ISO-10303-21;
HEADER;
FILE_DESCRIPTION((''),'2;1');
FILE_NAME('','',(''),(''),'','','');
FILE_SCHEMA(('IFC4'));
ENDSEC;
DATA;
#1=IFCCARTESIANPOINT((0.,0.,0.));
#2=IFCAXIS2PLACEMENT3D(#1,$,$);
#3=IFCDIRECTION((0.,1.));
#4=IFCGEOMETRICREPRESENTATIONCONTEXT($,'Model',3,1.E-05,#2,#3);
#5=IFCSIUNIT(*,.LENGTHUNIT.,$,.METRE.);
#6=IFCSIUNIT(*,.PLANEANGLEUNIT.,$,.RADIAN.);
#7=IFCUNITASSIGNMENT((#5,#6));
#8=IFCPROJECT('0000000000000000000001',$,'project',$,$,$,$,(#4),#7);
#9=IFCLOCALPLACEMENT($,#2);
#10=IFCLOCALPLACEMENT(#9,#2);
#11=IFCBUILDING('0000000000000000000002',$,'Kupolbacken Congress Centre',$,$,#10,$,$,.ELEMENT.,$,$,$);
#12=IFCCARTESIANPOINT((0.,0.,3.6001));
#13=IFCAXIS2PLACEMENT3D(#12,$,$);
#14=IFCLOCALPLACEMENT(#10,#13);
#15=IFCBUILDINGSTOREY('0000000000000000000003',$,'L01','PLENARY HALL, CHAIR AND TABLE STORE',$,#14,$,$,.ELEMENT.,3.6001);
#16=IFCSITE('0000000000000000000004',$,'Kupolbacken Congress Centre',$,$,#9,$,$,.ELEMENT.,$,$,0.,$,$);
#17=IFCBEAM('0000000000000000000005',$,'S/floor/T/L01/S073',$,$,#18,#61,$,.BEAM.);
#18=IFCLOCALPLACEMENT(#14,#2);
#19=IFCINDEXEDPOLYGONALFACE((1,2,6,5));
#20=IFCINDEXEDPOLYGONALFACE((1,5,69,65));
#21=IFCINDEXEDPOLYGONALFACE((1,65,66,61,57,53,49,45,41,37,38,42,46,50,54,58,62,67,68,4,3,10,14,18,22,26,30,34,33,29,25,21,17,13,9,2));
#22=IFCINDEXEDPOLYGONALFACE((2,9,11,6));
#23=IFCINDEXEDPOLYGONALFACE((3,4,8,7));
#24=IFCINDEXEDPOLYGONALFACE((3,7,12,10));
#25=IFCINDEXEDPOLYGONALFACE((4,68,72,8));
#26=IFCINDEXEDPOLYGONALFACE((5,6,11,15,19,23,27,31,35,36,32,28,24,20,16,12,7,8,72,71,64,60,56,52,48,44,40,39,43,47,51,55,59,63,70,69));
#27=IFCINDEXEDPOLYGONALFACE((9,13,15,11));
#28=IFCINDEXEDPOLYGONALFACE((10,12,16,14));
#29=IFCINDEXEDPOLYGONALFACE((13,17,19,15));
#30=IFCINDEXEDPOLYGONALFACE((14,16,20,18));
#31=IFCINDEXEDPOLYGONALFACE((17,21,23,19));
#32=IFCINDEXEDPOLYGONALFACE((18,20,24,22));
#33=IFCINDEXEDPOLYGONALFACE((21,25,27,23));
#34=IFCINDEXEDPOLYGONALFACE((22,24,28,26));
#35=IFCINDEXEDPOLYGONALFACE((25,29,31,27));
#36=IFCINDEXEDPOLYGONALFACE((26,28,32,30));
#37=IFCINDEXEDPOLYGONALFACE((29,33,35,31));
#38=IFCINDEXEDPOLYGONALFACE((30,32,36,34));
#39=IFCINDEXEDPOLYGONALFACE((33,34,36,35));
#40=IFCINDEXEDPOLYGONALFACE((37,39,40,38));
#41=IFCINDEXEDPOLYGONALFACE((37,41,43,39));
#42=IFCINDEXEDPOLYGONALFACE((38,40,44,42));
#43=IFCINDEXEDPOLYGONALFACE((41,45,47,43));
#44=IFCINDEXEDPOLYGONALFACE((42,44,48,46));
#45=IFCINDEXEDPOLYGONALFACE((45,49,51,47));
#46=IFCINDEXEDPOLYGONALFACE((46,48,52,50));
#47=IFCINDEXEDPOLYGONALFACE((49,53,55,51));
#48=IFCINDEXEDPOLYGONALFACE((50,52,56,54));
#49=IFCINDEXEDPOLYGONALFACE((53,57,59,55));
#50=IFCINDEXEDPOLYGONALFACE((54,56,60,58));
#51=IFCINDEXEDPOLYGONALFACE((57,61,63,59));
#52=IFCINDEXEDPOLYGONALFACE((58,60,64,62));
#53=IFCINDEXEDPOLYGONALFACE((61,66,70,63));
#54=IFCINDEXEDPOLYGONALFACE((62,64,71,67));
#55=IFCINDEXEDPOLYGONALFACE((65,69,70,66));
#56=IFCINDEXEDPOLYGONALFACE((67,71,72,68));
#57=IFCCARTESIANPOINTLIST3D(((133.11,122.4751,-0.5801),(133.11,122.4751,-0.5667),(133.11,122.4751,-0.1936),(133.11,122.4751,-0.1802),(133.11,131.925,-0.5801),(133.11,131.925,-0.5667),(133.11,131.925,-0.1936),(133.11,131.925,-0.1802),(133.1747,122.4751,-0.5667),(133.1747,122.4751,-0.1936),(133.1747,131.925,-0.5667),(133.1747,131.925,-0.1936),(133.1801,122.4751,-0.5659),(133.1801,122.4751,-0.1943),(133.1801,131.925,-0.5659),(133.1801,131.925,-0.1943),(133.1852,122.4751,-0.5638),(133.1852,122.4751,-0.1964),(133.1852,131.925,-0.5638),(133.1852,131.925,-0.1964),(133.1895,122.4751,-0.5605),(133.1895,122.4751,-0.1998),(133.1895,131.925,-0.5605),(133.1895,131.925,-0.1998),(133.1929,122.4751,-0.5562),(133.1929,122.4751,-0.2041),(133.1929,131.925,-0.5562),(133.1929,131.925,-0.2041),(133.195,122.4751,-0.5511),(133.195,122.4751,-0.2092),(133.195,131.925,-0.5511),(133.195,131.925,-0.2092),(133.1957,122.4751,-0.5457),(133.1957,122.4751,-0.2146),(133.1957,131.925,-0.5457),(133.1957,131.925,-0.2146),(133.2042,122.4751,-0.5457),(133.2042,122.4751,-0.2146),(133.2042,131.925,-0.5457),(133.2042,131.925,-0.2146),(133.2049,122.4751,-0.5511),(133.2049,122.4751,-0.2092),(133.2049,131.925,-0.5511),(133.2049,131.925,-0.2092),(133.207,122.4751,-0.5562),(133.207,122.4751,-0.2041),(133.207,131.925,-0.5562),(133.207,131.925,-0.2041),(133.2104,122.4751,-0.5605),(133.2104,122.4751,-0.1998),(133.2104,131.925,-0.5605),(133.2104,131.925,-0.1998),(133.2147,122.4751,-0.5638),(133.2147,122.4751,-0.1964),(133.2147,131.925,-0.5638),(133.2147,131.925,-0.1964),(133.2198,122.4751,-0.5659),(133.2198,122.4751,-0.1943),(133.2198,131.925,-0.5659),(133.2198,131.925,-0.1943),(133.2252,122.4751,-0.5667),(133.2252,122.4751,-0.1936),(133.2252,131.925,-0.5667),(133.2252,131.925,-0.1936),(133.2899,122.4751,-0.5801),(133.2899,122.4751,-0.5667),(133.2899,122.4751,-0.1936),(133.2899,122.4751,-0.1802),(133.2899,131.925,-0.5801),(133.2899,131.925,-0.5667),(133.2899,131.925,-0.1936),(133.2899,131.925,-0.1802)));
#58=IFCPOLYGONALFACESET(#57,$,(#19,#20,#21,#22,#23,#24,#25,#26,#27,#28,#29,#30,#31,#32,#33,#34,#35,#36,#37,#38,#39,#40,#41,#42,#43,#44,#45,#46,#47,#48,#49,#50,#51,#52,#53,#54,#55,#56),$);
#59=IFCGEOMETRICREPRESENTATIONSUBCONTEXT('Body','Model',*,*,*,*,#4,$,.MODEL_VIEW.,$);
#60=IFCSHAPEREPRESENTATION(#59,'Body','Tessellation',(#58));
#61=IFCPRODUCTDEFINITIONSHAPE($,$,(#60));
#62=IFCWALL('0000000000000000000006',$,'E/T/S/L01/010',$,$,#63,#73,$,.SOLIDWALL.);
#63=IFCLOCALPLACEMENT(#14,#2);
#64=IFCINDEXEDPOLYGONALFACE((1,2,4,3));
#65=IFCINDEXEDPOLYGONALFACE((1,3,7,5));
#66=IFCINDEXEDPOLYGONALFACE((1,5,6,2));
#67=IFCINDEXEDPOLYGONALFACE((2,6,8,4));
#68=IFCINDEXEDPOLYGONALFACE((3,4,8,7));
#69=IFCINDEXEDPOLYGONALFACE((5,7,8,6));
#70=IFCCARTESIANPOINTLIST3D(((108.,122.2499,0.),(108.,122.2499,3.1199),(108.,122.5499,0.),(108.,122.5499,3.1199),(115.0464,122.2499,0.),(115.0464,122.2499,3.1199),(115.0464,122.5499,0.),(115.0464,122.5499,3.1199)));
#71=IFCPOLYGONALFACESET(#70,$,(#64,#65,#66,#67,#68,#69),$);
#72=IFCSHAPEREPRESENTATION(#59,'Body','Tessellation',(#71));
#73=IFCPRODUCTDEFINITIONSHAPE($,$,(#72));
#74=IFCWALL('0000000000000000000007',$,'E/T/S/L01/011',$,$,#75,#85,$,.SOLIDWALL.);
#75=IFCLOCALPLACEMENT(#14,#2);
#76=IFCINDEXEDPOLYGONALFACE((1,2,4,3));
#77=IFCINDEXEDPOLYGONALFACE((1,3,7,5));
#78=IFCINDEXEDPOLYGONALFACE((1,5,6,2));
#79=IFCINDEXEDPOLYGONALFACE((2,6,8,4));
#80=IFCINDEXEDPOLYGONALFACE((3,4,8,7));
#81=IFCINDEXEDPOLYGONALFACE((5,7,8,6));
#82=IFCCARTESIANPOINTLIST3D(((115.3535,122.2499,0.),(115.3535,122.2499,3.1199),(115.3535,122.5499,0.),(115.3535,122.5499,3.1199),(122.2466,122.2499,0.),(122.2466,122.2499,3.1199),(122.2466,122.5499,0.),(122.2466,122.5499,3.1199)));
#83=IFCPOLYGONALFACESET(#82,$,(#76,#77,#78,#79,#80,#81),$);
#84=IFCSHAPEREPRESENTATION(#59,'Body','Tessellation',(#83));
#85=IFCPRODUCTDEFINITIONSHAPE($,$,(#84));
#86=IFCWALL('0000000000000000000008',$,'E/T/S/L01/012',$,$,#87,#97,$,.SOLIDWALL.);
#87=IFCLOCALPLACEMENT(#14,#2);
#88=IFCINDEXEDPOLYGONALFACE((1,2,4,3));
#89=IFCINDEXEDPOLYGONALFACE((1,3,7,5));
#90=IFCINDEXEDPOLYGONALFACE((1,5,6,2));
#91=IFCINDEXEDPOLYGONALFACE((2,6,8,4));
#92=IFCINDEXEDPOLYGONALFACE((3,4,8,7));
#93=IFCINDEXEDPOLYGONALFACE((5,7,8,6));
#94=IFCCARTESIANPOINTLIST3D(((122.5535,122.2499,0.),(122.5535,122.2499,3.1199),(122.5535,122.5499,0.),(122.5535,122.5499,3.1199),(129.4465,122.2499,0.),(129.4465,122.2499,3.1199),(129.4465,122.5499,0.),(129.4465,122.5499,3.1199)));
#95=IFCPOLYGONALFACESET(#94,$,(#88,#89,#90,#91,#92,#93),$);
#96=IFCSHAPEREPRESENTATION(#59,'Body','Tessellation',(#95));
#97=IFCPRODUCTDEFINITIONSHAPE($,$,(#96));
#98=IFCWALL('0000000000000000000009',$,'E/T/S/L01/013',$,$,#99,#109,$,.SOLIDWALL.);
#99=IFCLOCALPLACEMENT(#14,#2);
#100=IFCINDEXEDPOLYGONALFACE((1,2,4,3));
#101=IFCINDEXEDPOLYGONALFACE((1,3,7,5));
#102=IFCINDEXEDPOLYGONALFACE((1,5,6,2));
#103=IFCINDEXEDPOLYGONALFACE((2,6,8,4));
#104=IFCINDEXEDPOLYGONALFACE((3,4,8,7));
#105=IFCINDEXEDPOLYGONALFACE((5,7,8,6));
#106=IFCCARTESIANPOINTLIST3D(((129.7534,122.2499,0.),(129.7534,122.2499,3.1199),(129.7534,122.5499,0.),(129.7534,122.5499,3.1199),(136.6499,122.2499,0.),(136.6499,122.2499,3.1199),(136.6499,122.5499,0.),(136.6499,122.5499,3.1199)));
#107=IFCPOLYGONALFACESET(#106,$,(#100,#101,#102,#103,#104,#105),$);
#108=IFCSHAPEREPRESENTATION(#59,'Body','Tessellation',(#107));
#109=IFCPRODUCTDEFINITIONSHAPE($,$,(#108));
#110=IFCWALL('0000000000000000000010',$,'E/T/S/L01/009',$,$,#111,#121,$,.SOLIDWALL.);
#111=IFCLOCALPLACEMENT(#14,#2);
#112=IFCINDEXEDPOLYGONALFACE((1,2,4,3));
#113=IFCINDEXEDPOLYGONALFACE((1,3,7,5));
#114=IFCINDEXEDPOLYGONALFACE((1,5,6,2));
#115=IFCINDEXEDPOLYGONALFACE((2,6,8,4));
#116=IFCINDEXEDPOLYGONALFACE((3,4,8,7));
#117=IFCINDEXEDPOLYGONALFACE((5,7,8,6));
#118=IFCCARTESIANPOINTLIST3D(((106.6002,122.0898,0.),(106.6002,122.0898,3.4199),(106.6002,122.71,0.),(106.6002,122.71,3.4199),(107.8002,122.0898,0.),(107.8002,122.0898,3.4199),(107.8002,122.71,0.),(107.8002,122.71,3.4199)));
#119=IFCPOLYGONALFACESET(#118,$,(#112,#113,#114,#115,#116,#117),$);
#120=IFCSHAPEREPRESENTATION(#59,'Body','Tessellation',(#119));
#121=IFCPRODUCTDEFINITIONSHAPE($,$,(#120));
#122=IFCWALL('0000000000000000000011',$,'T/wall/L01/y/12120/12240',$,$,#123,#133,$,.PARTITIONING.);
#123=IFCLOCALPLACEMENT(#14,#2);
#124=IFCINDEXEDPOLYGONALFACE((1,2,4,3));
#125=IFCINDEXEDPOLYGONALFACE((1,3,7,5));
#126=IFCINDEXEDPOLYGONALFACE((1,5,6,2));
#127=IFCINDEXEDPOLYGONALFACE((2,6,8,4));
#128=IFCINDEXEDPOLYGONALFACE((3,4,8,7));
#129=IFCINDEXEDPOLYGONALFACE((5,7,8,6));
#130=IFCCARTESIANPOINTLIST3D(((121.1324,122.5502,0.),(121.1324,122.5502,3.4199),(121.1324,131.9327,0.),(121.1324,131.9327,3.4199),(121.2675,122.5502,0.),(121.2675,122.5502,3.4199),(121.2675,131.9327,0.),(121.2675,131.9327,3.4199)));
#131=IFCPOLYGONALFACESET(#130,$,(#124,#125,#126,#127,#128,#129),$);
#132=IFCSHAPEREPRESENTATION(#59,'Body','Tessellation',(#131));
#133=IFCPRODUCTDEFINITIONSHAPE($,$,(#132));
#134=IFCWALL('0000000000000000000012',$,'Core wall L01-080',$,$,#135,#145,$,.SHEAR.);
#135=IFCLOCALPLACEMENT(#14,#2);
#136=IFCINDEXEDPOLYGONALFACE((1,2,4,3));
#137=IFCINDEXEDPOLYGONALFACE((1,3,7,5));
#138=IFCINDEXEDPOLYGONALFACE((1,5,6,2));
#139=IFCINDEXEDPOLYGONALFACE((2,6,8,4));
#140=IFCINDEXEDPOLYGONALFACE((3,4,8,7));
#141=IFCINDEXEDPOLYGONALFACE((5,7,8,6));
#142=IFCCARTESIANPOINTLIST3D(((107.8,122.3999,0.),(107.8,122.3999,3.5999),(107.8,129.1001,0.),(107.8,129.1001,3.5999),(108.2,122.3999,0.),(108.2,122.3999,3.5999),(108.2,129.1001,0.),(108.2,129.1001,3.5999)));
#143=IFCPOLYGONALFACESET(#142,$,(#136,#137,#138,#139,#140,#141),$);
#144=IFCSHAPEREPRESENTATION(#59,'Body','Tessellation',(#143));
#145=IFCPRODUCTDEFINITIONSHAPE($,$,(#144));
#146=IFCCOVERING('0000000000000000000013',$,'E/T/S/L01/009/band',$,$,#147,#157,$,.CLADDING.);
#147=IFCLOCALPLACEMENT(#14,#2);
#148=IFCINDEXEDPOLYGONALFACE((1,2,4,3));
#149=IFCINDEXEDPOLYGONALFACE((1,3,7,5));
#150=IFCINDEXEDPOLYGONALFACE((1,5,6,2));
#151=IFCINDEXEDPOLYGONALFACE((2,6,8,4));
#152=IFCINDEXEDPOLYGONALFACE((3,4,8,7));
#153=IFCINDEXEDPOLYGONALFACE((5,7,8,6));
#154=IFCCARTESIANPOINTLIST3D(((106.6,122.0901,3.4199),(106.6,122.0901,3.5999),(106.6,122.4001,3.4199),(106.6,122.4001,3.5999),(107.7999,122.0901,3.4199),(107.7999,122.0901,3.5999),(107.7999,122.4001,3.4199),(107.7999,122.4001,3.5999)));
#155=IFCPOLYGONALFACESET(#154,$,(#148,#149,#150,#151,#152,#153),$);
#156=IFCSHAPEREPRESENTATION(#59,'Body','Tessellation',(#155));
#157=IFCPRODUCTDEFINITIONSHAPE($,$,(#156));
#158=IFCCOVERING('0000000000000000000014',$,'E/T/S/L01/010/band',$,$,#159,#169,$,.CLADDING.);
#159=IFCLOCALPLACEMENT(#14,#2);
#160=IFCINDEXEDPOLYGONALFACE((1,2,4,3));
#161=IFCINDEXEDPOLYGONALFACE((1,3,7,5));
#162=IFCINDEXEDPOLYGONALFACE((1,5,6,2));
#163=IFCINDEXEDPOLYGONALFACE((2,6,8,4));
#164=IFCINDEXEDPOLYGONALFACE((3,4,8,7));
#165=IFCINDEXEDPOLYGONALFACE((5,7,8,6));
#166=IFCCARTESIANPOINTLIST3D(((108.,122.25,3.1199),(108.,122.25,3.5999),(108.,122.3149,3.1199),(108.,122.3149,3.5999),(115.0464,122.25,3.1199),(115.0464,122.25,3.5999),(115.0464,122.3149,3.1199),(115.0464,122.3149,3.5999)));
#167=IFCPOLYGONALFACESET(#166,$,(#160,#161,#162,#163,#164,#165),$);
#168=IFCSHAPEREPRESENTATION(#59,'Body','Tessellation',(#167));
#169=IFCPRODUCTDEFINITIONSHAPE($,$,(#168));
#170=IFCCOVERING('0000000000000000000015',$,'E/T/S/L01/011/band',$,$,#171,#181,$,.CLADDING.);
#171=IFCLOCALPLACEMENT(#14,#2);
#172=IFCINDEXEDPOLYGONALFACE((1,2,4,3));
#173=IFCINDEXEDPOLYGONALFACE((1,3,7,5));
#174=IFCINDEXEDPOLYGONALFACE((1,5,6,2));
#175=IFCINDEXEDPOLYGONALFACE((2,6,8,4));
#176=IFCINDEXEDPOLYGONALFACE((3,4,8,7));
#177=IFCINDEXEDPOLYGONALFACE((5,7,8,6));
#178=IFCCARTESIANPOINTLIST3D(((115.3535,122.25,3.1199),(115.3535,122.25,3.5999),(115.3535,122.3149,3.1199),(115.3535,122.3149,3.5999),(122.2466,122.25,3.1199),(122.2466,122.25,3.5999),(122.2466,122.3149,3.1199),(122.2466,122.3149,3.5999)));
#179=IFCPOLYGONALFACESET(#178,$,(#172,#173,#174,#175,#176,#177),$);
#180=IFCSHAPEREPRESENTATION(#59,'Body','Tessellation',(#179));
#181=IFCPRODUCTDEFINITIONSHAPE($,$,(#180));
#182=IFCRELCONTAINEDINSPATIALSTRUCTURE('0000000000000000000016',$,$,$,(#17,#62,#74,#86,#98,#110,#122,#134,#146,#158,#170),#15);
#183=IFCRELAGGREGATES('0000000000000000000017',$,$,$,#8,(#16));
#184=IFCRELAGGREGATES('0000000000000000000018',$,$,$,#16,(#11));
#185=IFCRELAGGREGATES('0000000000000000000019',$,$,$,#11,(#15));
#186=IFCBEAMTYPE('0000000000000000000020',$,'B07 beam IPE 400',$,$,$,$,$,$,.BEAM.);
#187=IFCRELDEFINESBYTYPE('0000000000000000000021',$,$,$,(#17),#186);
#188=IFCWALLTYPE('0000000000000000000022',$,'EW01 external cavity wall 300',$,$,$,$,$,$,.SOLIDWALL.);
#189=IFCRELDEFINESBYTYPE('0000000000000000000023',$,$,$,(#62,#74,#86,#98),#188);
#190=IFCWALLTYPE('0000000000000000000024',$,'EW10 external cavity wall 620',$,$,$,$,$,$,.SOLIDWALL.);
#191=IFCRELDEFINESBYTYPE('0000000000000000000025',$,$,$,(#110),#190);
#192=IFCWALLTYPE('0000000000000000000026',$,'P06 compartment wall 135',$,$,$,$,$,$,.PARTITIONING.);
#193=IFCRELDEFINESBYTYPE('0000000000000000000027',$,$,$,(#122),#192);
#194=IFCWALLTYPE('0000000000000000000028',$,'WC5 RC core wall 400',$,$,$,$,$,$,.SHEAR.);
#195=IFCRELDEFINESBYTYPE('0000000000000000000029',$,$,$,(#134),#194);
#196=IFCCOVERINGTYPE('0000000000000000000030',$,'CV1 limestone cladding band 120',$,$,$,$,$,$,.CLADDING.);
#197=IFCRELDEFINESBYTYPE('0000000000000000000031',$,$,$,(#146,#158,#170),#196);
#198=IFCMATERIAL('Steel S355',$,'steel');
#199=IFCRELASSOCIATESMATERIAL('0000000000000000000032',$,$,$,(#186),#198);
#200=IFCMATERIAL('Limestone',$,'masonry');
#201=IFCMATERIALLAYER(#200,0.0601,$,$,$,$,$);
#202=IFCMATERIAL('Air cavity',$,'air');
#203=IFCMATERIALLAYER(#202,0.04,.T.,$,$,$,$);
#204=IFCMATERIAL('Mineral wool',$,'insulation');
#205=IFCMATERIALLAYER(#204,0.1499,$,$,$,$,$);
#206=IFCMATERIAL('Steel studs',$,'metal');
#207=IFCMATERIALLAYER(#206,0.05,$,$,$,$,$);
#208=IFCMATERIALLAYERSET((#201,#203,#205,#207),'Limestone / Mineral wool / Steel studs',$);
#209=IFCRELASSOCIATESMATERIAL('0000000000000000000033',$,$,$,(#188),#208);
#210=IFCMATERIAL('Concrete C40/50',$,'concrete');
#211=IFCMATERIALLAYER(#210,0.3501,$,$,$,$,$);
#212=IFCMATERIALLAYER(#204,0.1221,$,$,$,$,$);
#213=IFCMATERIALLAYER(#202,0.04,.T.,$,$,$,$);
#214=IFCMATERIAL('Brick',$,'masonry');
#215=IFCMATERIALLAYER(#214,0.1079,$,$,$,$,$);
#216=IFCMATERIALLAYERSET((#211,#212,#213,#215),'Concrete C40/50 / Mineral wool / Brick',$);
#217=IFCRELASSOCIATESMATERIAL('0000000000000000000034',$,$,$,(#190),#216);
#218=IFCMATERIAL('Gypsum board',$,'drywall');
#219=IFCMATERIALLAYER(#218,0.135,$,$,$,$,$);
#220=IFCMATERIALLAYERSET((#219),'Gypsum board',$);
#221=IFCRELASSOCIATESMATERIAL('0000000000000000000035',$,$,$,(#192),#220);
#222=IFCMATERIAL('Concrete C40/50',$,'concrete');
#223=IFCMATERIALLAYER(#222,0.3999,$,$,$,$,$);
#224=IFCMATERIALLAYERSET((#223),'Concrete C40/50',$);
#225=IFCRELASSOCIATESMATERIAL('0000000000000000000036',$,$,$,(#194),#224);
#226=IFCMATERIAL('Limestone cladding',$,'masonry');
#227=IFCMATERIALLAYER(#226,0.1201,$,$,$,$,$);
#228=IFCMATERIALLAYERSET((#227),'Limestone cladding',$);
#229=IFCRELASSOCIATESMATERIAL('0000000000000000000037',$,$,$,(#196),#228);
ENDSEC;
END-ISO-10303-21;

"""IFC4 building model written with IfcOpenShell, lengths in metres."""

from ifc_helpers import new_model, si_unit, direction, frame, frame_2d, origin, origin_2d, place, context, subcontext, project, spatial, rectangle, i_section, extrude, material, layer, layer_set, material_profile, profile_set, type_object, element, save


model = new_model("IFC4")

# Units and contexts
model_context = context("Model", 3, precision=1e-05, world=origin(), true_north=direction((0.0, 1.0)))
body_context = subcontext(model_context, "Body", "Model", "MODEL_VIEW")
ifc_project = project(units=[si_unit("LENGTHUNIT", "METRE"), si_unit("PLANEANGLEUNIT", "RADIAN")], contexts=[model_context])

# Site, building, storey
site_placement = place(None, origin())
site = spatial("IfcSite", under=ifc_project, at=site_placement, Name="Kupolbacken Congress Centre", CompositionType="ELEMENT", RefElevation=0.0)
building_placement = place(site_placement, origin())
building = spatial("IfcBuilding", under=site, at=building_placement, Name="Kupolbacken Congress Centre", CompositionType="ELEMENT")
storey_placement = place(building_placement, frame((0.0, 0.0, 3.6001)))
storey = spatial("IfcBuildingStorey", under=building, at=storey_placement, Name="L01", Description="PLENARY HALL, CHAIR AND TABLE STORE", CompositionType="ELEMENT", Elevation=3.6001)

# Beam
ifc_material_1 = material(Name="Steel S355", Category="steel")
ifc_material_profile_1 = material_profile(ifc_material_1, i_section(OverallWidth=0.1799, OverallDepth=0.3999, WebThickness=0.0085, FlangeThickness=0.0134, FilletRadius=0.021, at=origin_2d()), Name="IPE 400")
ifc_profile_set_1 = profile_set([ifc_material_profile_1], Name="Steel S355")
beam_type_1 = type_object("IfcBeamType", Name="B07 beam IPE 400", PredefinedType="BEAM", material=ifc_profile_set_1)
beam_1_placement = place(storey_placement, frame((133.2, 122.4751, -0.3801), z_axis=(0.0, 1.0, 0.0), x_axis=(-1.0, 0.0, 0.0)))
element("IfcBeam", 1, at=beam_1_placement, inside=storey, type_object=beam_type_1, Name="S/floor/T/L01/S073", PredefinedType="BEAM", context=body_context, shape_type="SweptSolid", body=[
    extrude(i_section(OverallWidth=0.1799, OverallDepth=0.3999, WebThickness=0.0085, FlangeThickness=0.0134, FilletRadius=0.021, at=origin_2d()), origin(), (0.0, 0.0, 1.0), 9.45),
])

# Walls
ifc_material_2 = material(Name="Limestone", Category="masonry")
ifc_layer_1 = layer(ifc_material_2, 0.0601)
ifc_material_3 = material(Name="Air cavity", Category="air")
ifc_layer_2 = layer(ifc_material_3, 0.04, ventilated=True)
ifc_material_4 = material(Name="Mineral wool", Category="insulation")
ifc_layer_3 = layer(ifc_material_4, 0.1499)
ifc_material_5 = material(Name="Steel studs", Category="metal")
ifc_layer_4 = layer(ifc_material_5, 0.05)
ifc_layer_set_1 = layer_set([ifc_layer_1, ifc_layer_2, ifc_layer_3, ifc_layer_4], Name="Limestone / Mineral wool / Steel studs")
wall_type_1 = type_object("IfcWallType", Name="EW01 external cavity wall 300", PredefinedType="SOLIDWALL", material=ifc_layer_set_1)
wall_1_placement = place(storey_placement, frame((108.0, 122.3999, 0.0), z_axis=(0.0, 0.0, 1.0), x_axis=(1.0, 0.0, 0.0)))
element("IfcWall", 2, at=wall_1_placement, inside=storey, type_object=wall_type_1, Name="E/T/S/L01/010", PredefinedType="SOLIDWALL", context=body_context, shape_type="SweptSolid", body=[
    extrude(rectangle(XDim=7.0464, YDim=0.3, at=frame_2d((3.5232, 0.0))), origin(), (0.0, 0.0, 1.0), 3.1199),
])
for number, where, z_axis, x_axis, name in (
    (3, (115.3535, 122.3999, 0.0), (0.0, 0.0, 1.0), (1.0, 0.0, 0.0), "E/T/S/L01/011"),
    (4, (122.5535, 122.3999, 0.0), (0.0, 0.0, 1.0), (1.0, 0.0, 0.0), "E/T/S/L01/012"),
):
    element("IfcWall", number, at=place(storey_placement, frame(where, z_axis=z_axis, x_axis=x_axis)), inside=storey, type_object=wall_type_1, Name=name, PredefinedType="SOLIDWALL", context=body_context, shape_type="SweptSolid", body=[
        extrude(rectangle(XDim=6.8931, YDim=0.3, at=frame_2d((3.4465, 0.0))), origin(), (0.0, 0.0, 1.0), 3.1199),
    ])
wall_2_placement = place(storey_placement, frame((129.7534, 122.3999, 0.0), z_axis=(0.0, 0.0, 1.0), x_axis=(1.0, 0.0, 0.0)))
element("IfcWall", 5, at=wall_2_placement, inside=storey, type_object=wall_type_1, Name="E/T/S/L01/013", PredefinedType="SOLIDWALL", context=body_context, shape_type="SweptSolid", body=[
    extrude(rectangle(XDim=6.8965, YDim=0.3, at=frame_2d((3.4482, 0.0))), origin(), (0.0, 0.0, 1.0), 3.1199),
])
ifc_material_6 = material(Name="Concrete C40/50", Category="concrete")
ifc_layer_5 = layer(ifc_material_6, 0.3501)
ifc_layer_6 = layer(ifc_material_4, 0.1221)
ifc_layer_7 = layer(ifc_material_3, 0.04, ventilated=True)
ifc_material_7 = material(Name="Brick", Category="masonry")
ifc_layer_8 = layer(ifc_material_7, 0.1079)
ifc_layer_set_2 = layer_set([ifc_layer_5, ifc_layer_6, ifc_layer_7, ifc_layer_8], Name="Concrete C40/50 / Mineral wool / Brick")
wall_type_2 = type_object("IfcWallType", Name="EW10 external cavity wall 620", PredefinedType="SOLIDWALL", material=ifc_layer_set_2)
wall_3_placement = place(storey_placement, frame((106.6001, 122.3999, 0.0), z_axis=(0.0, 0.0, 1.0), x_axis=(1.0, 0.0, 0.0)))
element("IfcWall", 6, at=wall_3_placement, inside=storey, type_object=wall_type_2, Name="E/T/S/L01/009", PredefinedType="SOLIDWALL", context=body_context, shape_type="SweptSolid", body=[
    extrude(rectangle(XDim=1.2, YDim=0.6201, at=frame_2d((0.6001, 0.0))), origin(), (0.0, 0.0, 1.0), 3.4199),
])
ifc_material_8 = material(Name="Gypsum board", Category="drywall")
ifc_layer_9 = layer(ifc_material_8, 0.135)
ifc_layer_set_3 = layer_set([ifc_layer_9], Name="Gypsum board")
wall_type_3 = type_object("IfcWallType", Name="P06 compartment wall 135", PredefinedType="PARTITIONING", material=ifc_layer_set_3)
wall_4_placement = place(storey_placement, frame((121.2, 122.55, 0.0), z_axis=(0.0, 0.0, 1.0), x_axis=(0.0, 1.0, 0.0)))
element("IfcWall", 7, at=wall_4_placement, inside=storey, type_object=wall_type_3, Name="T/wall/L01/y/12120/12240", PredefinedType="PARTITIONING", context=body_context, shape_type="SweptSolid", body=[
    extrude(rectangle(XDim=9.3826, YDim=0.135, at=frame_2d((4.6914, 0.0))), origin(), (0.0, 0.0, 1.0), 3.4199),
])

# Wall
ifc_material_9 = material(Name="Concrete C40/50", Category="concrete")
ifc_layer_10 = layer(ifc_material_9, 0.3999)
ifc_layer_set_4 = layer_set([ifc_layer_10], Name="Concrete C40/50")
wall_type_4 = type_object("IfcWallType", Name="WC5 RC core wall 400", PredefinedType="SHEAR", material=ifc_layer_set_4)
wall_5_placement = place(storey_placement, frame((108.0, 122.3999, 0.0), z_axis=(0.0, 0.0, 1.0), x_axis=(0.0, 1.0, 0.0)))
element("IfcWall", 8, at=wall_5_placement, inside=storey, type_object=wall_type_4, Name="Core wall L01-080", PredefinedType="SHEAR", context=body_context, shape_type="SweptSolid", body=[
    extrude(rectangle(XDim=6.7002, YDim=0.3999, at=frame_2d((3.3501, 0.0))), origin(), (0.0, 0.0, 1.0), 3.5999),
])

# Coverings
ifc_material_10 = material(Name="Limestone cladding", Category="masonry")
ifc_layer_11 = layer(ifc_material_10, 0.1201)
ifc_layer_set_5 = layer_set([ifc_layer_11], Name="Limestone cladding")
covering_type_1 = type_object("IfcCoveringType", Name="CV1 limestone cladding band 120", PredefinedType="CLADDING", material=ifc_layer_set_5)
covering_1_placement = place(storey_placement, frame((107.2, 122.2451, 3.4199), z_axis=(0.0, 0.0, 1.0), x_axis=(1.0, 0.0, 0.0)))
element("IfcCovering", 9, at=covering_1_placement, inside=storey, type_object=covering_type_1, Name="E/T/S/L01/009/band", PredefinedType="CLADDING", context=body_context, shape_type="SweptSolid", body=[
    extrude(rectangle(XDim=1.2, YDim=0.3101, at=origin_2d()), origin(), (0.0, 0.0, 1.0), 0.1799),
])
covering_2_placement = place(storey_placement, frame((111.5232, 122.2825, 3.1199), z_axis=(0.0, 0.0, 1.0), x_axis=(1.0, 0.0, 0.0)))
element("IfcCovering", 10, at=covering_2_placement, inside=storey, type_object=covering_type_1, Name="E/T/S/L01/010/band", PredefinedType="CLADDING", context=body_context, shape_type="SweptSolid", body=[
    extrude(rectangle(XDim=7.0464, YDim=0.0649, at=origin_2d()), origin(), (0.0, 0.0, 1.0), 0.48),
])
for number, where, z_axis, x_axis, name in (
    (11, (118.8, 122.2825, 3.1199), (0.0, 0.0, 1.0), (1.0, 0.0, 0.0), "E/T/S/L01/011/band"),
):
    element("IfcCovering", number, at=place(storey_placement, frame(where, z_axis=z_axis, x_axis=x_axis)), inside=storey, type_object=covering_type_1, Name=name, PredefinedType="CLADDING", context=body_context, shape_type="SweptSolid", body=[
        extrude(rectangle(XDim=6.8931, YDim=0.0649, at=origin_2d()), origin(), (0.0, 0.0, 1.0), 0.48),
    ])

save(model, "model.ifc")
